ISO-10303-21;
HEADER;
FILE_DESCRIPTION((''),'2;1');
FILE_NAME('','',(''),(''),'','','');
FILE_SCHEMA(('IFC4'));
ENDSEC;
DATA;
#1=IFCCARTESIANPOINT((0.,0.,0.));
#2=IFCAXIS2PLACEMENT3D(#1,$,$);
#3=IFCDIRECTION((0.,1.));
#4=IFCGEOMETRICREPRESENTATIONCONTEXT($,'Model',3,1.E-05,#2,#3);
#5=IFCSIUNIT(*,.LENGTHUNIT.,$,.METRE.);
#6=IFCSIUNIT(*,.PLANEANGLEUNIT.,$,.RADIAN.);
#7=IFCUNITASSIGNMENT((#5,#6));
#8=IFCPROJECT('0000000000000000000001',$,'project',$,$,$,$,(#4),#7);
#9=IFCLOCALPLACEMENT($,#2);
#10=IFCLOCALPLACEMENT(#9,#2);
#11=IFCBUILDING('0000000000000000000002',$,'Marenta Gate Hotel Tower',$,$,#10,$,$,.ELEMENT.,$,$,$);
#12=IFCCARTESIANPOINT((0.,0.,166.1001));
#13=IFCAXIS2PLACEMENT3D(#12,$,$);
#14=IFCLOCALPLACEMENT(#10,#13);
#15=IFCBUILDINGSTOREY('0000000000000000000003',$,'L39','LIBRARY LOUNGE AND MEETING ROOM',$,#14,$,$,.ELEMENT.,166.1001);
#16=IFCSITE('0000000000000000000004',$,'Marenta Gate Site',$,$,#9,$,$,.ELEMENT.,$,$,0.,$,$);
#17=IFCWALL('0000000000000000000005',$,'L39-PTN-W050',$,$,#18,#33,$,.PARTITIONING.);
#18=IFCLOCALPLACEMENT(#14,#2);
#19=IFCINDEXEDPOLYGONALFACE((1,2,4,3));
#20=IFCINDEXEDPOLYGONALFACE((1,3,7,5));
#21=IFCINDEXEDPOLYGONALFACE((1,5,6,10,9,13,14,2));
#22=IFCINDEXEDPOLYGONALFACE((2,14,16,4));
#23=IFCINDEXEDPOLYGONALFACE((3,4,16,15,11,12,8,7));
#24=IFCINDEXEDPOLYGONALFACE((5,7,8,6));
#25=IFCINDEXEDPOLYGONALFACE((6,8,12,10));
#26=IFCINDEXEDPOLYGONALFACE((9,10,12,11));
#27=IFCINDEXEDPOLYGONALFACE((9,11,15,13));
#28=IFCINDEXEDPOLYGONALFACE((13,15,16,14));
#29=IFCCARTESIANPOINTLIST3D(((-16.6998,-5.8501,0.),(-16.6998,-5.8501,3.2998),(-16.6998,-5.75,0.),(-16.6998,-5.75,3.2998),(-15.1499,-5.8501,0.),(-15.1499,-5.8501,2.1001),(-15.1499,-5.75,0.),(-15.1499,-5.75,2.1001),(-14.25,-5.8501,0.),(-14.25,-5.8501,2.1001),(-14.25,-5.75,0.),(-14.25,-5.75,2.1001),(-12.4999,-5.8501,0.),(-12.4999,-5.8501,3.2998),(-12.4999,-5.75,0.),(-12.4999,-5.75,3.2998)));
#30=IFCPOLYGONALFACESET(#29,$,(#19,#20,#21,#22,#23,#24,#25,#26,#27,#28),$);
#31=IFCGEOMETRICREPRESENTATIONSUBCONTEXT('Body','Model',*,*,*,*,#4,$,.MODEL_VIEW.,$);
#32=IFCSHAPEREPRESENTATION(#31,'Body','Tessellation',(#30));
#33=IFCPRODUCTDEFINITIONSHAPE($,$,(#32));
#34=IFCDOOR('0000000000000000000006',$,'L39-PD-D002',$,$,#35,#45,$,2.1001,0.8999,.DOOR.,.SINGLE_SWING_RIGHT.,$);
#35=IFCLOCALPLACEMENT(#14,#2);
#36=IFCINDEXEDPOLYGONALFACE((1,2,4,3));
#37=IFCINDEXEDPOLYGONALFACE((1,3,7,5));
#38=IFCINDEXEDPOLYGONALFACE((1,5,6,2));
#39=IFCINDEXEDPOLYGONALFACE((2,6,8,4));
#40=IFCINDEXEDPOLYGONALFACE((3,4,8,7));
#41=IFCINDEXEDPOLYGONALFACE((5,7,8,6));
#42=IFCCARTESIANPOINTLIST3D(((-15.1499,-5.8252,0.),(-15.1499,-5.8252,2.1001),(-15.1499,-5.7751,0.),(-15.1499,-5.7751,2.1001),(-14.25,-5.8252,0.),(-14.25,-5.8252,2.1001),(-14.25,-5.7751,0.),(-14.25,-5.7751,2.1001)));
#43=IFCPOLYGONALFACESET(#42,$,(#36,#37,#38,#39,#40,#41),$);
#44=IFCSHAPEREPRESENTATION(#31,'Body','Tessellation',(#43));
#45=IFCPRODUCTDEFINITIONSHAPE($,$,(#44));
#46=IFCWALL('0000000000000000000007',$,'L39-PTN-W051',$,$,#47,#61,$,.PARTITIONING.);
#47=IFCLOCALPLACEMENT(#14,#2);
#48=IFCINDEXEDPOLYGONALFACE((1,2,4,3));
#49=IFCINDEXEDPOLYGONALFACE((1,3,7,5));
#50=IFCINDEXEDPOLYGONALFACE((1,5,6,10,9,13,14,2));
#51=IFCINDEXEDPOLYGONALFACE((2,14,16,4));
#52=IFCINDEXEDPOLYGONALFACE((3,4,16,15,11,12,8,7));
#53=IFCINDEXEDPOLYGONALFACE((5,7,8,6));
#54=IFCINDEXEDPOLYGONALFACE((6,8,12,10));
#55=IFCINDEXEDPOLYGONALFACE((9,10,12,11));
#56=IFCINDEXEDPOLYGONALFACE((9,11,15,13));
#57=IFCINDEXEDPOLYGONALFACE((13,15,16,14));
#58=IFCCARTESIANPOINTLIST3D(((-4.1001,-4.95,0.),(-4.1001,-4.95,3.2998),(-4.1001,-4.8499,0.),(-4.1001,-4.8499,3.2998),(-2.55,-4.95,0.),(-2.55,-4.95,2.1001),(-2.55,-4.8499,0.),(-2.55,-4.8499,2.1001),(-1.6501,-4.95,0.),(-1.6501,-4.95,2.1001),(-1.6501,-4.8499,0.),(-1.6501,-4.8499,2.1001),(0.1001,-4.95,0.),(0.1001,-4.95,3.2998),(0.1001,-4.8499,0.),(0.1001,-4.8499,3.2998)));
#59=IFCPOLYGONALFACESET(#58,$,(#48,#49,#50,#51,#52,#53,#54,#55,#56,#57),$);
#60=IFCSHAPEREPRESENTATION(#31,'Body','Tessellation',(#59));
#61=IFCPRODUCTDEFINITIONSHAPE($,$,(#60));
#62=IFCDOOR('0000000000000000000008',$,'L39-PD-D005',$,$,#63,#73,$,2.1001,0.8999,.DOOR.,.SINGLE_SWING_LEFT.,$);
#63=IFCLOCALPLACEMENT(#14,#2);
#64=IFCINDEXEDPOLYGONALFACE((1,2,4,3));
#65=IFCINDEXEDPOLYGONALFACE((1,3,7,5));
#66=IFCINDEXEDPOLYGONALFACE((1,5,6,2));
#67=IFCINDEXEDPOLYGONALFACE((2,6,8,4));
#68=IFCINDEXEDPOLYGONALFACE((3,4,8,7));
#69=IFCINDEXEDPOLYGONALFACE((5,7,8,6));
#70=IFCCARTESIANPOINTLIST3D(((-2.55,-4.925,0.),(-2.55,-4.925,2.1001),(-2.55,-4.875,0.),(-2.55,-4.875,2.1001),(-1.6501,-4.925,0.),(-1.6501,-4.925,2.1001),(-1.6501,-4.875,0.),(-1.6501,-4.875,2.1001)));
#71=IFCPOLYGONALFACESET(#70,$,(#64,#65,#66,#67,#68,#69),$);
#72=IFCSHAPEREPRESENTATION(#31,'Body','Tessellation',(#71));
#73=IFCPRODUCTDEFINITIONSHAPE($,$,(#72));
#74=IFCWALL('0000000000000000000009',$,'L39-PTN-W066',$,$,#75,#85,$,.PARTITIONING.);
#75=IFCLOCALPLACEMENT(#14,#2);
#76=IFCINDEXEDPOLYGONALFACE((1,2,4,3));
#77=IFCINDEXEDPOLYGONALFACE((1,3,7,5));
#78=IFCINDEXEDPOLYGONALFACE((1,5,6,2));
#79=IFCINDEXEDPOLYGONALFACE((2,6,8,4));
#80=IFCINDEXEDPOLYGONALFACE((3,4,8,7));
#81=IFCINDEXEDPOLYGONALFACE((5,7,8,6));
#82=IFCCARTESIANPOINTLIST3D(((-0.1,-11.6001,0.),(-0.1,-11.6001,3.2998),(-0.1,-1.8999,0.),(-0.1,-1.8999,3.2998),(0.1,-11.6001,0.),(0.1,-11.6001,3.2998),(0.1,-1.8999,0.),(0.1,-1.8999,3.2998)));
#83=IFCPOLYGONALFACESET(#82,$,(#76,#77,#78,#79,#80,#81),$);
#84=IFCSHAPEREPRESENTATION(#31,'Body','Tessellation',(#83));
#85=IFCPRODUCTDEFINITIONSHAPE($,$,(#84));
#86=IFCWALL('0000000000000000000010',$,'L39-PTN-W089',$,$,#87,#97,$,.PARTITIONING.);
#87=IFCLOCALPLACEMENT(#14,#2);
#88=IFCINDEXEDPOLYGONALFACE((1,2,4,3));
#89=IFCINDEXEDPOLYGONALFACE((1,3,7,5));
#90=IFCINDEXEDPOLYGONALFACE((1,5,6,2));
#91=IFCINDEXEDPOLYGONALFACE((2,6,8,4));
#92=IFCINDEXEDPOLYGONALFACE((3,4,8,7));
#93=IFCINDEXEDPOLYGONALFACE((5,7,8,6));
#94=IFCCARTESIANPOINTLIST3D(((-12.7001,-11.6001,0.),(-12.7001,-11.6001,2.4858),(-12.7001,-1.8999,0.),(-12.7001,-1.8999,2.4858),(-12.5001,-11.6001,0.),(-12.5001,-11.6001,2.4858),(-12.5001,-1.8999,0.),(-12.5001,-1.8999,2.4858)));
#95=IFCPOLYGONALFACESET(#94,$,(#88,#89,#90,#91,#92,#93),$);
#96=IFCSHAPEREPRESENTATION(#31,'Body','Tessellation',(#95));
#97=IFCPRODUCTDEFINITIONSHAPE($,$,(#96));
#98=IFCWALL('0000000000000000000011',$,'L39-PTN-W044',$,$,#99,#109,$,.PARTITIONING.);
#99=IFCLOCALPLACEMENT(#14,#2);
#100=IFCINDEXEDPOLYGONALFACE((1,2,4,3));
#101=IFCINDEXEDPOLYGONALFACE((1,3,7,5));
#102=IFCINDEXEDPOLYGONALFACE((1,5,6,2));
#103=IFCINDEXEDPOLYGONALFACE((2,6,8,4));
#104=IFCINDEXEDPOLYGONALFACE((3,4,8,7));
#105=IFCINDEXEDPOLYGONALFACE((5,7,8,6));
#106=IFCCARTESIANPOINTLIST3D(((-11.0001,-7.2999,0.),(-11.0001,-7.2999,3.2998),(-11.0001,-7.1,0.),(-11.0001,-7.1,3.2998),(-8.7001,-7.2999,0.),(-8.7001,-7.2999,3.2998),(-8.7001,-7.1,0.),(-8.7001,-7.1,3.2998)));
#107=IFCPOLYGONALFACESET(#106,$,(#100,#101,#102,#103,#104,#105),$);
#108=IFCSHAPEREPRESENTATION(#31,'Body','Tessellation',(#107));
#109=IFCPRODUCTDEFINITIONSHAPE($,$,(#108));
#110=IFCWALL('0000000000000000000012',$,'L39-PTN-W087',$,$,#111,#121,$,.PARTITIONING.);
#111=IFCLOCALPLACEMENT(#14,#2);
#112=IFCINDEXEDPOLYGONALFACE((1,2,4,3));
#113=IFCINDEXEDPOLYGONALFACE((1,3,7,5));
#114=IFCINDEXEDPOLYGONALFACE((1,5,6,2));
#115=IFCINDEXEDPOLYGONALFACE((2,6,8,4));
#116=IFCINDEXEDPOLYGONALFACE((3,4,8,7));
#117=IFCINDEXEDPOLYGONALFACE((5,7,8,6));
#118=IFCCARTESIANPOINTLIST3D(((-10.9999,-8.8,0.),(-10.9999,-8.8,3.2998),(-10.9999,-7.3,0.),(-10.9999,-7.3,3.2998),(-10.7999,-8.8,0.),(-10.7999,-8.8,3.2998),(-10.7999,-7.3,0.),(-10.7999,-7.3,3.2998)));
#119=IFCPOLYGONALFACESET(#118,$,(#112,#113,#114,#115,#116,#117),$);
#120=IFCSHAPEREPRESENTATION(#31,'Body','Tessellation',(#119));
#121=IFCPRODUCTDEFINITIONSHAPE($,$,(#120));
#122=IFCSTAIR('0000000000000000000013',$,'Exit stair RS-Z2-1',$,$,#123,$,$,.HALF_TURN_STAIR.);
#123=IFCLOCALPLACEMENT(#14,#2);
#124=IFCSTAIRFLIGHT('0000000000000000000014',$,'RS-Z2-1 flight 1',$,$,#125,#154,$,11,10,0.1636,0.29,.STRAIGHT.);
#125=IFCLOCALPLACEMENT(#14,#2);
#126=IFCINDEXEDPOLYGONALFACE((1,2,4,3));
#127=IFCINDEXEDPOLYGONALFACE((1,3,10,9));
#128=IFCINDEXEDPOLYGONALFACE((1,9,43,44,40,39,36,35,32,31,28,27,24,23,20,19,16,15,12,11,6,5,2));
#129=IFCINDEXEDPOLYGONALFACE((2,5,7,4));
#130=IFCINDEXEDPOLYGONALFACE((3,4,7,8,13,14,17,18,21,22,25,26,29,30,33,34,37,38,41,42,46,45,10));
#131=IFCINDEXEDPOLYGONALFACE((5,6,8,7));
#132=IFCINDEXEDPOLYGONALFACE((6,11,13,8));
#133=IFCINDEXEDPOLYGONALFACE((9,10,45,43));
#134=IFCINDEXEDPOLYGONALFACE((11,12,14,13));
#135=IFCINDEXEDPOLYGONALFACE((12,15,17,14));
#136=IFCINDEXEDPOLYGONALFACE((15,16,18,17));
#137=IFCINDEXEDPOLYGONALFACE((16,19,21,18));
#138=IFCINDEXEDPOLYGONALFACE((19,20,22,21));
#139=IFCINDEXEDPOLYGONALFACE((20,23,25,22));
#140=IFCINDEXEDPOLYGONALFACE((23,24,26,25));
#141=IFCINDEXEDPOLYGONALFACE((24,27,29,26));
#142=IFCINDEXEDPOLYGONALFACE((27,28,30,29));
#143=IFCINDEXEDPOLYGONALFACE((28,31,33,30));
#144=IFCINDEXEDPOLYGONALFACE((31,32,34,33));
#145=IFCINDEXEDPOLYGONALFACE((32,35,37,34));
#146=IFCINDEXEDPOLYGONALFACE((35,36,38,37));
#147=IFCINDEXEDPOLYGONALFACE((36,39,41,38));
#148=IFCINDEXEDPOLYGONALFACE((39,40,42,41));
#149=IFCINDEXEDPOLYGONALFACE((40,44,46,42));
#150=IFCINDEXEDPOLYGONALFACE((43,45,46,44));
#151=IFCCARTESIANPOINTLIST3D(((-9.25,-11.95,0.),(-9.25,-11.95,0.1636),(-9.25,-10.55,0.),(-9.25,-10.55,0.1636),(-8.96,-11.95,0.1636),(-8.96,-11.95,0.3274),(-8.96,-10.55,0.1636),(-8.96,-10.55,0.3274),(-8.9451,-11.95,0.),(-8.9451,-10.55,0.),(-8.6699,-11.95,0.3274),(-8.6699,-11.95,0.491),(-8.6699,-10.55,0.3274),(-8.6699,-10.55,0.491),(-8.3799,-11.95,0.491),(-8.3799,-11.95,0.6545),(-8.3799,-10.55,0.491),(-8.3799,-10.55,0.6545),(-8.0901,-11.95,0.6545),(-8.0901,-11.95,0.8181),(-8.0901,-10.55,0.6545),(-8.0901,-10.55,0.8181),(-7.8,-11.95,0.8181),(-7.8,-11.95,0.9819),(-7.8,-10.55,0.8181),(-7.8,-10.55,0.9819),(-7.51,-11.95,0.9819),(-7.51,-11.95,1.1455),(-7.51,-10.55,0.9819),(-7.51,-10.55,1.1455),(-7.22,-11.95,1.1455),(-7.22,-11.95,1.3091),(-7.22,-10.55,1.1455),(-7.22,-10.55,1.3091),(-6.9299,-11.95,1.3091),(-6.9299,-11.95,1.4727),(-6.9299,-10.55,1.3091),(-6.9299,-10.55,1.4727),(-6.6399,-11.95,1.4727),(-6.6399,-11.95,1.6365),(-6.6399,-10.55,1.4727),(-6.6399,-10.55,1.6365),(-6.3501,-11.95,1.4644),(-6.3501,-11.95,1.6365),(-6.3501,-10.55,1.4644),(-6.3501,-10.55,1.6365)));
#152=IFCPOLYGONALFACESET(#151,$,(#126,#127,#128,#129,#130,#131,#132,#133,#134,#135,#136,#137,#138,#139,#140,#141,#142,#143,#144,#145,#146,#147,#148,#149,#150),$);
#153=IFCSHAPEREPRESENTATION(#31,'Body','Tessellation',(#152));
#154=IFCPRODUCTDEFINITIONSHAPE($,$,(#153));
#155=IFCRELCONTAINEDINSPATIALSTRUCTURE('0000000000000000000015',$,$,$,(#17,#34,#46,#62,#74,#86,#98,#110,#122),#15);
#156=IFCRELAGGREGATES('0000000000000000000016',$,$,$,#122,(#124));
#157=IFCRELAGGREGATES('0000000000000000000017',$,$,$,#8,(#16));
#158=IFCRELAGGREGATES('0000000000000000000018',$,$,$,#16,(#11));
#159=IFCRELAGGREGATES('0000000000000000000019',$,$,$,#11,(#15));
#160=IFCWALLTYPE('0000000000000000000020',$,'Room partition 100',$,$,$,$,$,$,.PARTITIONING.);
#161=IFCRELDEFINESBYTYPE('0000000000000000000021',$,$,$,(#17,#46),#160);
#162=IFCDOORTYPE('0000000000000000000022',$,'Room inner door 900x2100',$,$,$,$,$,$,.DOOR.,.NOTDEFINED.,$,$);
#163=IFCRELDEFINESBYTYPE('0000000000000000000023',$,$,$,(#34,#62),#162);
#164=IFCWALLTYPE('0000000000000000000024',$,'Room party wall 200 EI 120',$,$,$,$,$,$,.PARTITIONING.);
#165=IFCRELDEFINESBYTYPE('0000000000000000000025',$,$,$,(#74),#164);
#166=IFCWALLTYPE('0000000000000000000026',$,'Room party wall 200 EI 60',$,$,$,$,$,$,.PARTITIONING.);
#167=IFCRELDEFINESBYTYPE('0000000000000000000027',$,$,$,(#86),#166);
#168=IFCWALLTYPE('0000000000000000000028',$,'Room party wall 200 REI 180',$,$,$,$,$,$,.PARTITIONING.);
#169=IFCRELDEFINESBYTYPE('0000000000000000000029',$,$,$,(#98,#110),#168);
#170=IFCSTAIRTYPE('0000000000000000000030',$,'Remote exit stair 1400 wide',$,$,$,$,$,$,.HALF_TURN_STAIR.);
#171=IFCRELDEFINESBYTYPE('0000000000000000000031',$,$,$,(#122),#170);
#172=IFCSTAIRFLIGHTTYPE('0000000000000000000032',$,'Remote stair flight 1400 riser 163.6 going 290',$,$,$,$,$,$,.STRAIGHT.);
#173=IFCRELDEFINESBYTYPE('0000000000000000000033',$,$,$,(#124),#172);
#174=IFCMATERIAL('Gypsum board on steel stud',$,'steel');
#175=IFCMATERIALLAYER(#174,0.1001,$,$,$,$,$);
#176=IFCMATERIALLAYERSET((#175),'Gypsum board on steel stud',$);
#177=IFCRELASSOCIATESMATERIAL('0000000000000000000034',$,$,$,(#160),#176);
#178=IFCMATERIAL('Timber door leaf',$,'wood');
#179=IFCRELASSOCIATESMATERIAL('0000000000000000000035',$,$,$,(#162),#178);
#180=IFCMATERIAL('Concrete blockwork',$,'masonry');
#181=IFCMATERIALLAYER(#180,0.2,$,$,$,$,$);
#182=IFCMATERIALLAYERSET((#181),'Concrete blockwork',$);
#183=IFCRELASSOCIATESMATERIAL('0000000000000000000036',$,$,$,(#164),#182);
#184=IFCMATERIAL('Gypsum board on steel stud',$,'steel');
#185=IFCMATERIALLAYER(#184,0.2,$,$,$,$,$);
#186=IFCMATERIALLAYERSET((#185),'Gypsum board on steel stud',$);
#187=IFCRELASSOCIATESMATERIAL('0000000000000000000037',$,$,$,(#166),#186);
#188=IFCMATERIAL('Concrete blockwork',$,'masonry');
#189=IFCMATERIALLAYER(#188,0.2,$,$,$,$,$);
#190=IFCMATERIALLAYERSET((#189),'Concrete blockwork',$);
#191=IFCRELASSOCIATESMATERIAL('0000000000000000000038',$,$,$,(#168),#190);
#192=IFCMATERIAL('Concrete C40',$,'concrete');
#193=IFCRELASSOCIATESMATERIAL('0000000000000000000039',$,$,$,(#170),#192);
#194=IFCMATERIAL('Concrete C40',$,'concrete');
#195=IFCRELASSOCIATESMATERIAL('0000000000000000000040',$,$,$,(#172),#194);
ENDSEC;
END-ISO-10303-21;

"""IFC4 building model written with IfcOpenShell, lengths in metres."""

from ifc_helpers import new_model, si_unit, direction, frame, frame_2d, origin, place, context, subcontext, project, spatial, polyline, rectangle, outline, extrude, material, layer, layer_set, type_object, element, fill, aggregate, save


model = new_model("IFC4")

# Units and contexts
model_context = context("Model", 3, precision=1e-05, world=origin(), true_north=direction((0.0, 1.0)))
body_context = subcontext(model_context, "Body", "Model", "MODEL_VIEW")
ifc_project = project(units=[si_unit("LENGTHUNIT", "METRE"), si_unit("PLANEANGLEUNIT", "RADIAN")], contexts=[model_context])

# Site, building, storey
site_placement = place(None, origin())
site = spatial("IfcSite", under=ifc_project, at=site_placement, Name="Marenta Gate Site", CompositionType="ELEMENT", RefElevation=0.0)
building_placement = place(site_placement, origin())
building = spatial("IfcBuilding", under=site, at=building_placement, Name="Marenta Gate Hotel Tower", CompositionType="ELEMENT")
storey_placement = place(building_placement, frame((0.0, 0.0, 166.1001)))
storey = spatial("IfcBuildingStorey", under=building, at=storey_placement, Name="L39", Description="LIBRARY LOUNGE AND MEETING ROOM", CompositionType="ELEMENT", Elevation=166.1001)

# Walls, openings, doors
ifc_material_1 = material(Name="Gypsum board on steel stud", Category="steel")
ifc_layer_1 = layer(ifc_material_1, 0.1001)
ifc_layer_set_1 = layer_set([ifc_layer_1], Name="Gypsum board on steel stud")
wall_type_1 = type_object("IfcWallType", Name="Room partition 100", PredefinedType="PARTITIONING", material=ifc_layer_set_1)
wall_1_placement = place(storey_placement, frame((-16.7, -5.8, 0.0), z_axis=(0.0, 0.0, 1.0), x_axis=(1.0, 0.0, 0.0)))
wall_1 = element("IfcWall", 1, at=wall_1_placement, inside=storey, type_object=wall_type_1, Name="L39-PTN-W050", PredefinedType="PARTITIONING", context=body_context, shape_type="SweptSolid", body=[
    extrude(rectangle(XDim=4.2, YDim=0.1001, at=frame_2d((2.1001, 0.0))), origin(), (0.0, 0.0, 1.0), 3.2998),
])
opening_1_placement = place(wall_1_placement, frame((1.55, 0.0, 0.0)))
opening_1 = element("IfcOpeningElement", 2, at=opening_1_placement, cuts=wall_1, PredefinedType="OPENING", context=body_context, shape_type="SweptSolid", body=[
    extrude(rectangle(XDim=0.8999, YDim=2.1001, at=frame_2d((0.45, 1.05))), frame((0.0, 0.05, 0.0), z_axis=(0.0, -1.0, 0.0), x_axis=(1.0, 0.0, 0.0)), (0.0, 0.0, 1.0), 0.1001),
])
ifc_material_2 = material(Name="Timber door leaf", Category="wood")
door_type_1 = type_object("IfcDoorType", Name="Room inner door 900x2100", OperationType="NOTDEFINED", PredefinedType="DOOR", material=ifc_material_2)
door_1_placement = place(opening_1_placement, origin())
door_1 = element("IfcDoor", 3, at=door_1_placement, inside=storey, type_object=door_type_1, Name="L39-PD-D002", OperationType="SINGLE_SWING_RIGHT", OverallHeight=2.1001, OverallWidth=0.8999, PredefinedType="DOOR", context=body_context, shape_type="SweptSolid", body=[
    extrude(rectangle(XDim=0.8999, YDim=2.1001, at=frame_2d((0.45, 1.05))), frame((0.0, 0.0249, 0.0), z_axis=(0.0, -1.0, 0.0), x_axis=(1.0, 0.0, 0.0)), (0.0, 0.0, 1.0), 0.05),
])
fill(opening_1, door_1)
wall_2_placement = place(storey_placement, frame((-4.1001, -4.8999, 0.0), z_axis=(0.0, 0.0, 1.0), x_axis=(1.0, 0.0, 0.0)))
wall_2 = element("IfcWall", 4, at=wall_2_placement, inside=storey, type_object=wall_type_1, Name="L39-PTN-W051", PredefinedType="PARTITIONING", context=body_context, shape_type="SweptSolid", body=[
    extrude(rectangle(XDim=4.2002, YDim=0.1001, at=frame_2d((2.1001, 0.0))), origin(), (0.0, 0.0, 1.0), 3.2998),
])
opening_2_placement = place(wall_2_placement, frame((1.55, 0.0, 0.0)))
opening_2 = element("IfcOpeningElement", 5, at=opening_2_placement, cuts=wall_2, PredefinedType="OPENING", context=body_context, shape_type="SweptSolid", body=[
    extrude(rectangle(XDim=0.8999, YDim=2.1001, at=frame_2d((0.45, 1.05))), frame((0.0, 0.05, 0.0), z_axis=(0.0, -1.0, 0.0), x_axis=(1.0, 0.0, 0.0)), (0.0, 0.0, 1.0), 0.1001),
])
door_2_placement = place(opening_2_placement, origin())
door_2 = element("IfcDoor", 6, at=door_2_placement, inside=storey, type_object=door_type_1, Name="L39-PD-D005", OperationType="SINGLE_SWING_LEFT", OverallHeight=2.1001, OverallWidth=0.8999, PredefinedType="DOOR", context=body_context, shape_type="SweptSolid", body=[
    extrude(rectangle(XDim=0.8999, YDim=2.1001, at=frame_2d((0.45, 1.05))), frame((0.0, 0.0249, 0.0), z_axis=(0.0, -1.0, 0.0), x_axis=(1.0, 0.0, 0.0)), (0.0, 0.0, 1.0), 0.05),
])
fill(opening_2, door_2)

# Walls
ifc_material_3 = material(Name="Concrete blockwork", Category="masonry")
ifc_layer_2 = layer(ifc_material_3, 0.2)
ifc_layer_set_2 = layer_set([ifc_layer_2], Name="Concrete blockwork")
wall_type_2 = type_object("IfcWallType", Name="Room party wall 200 EI 120", PredefinedType="PARTITIONING", material=ifc_layer_set_2)
wall_3_placement = place(storey_placement, frame((0.0, -11.6001, 0.0), z_axis=(0.0, 0.0, 1.0), x_axis=(0.0, 1.0, 0.0)))
element("IfcWall", 7, at=wall_3_placement, inside=storey, type_object=wall_type_2, Name="L39-PTN-W066", PredefinedType="PARTITIONING", context=body_context, shape_type="SweptSolid", body=[
    extrude(rectangle(XDim=9.7002, YDim=0.2, at=frame_2d((4.8501, 0.0))), origin(), (0.0, 0.0, 1.0), 3.2998),
])
ifc_material_4 = material(Name="Gypsum board on steel stud", Category="steel")
ifc_layer_3 = layer(ifc_material_4, 0.2)
ifc_layer_set_3 = layer_set([ifc_layer_3], Name="Gypsum board on steel stud")
wall_type_3 = type_object("IfcWallType", Name="Room party wall 200 EI 60", PredefinedType="PARTITIONING", material=ifc_layer_set_3)
wall_4_placement = place(storey_placement, frame((-12.6001, -11.6001, 0.0), z_axis=(0.0, 0.0, 1.0), x_axis=(0.0, 1.0, 0.0)))
element("IfcWall", 8, at=wall_4_placement, inside=storey, type_object=wall_type_3, Name="L39-PTN-W089", PredefinedType="PARTITIONING", context=body_context, shape_type="SweptSolid", body=[
    extrude(rectangle(XDim=9.7002, YDim=0.2, at=frame_2d((4.8501, 0.0))), origin(), (0.0, 0.0, 1.0), 2.4858),
])
ifc_material_5 = material(Name="Concrete blockwork", Category="masonry")
ifc_layer_4 = layer(ifc_material_5, 0.2)
ifc_layer_set_4 = layer_set([ifc_layer_4], Name="Concrete blockwork")
wall_type_4 = type_object("IfcWallType", Name="Room party wall 200 REI 180", PredefinedType="PARTITIONING", material=ifc_layer_set_4)
wall_5_placement = place(storey_placement, frame((-11.0, -7.2, 0.0), z_axis=(0.0, 0.0, 1.0), x_axis=(1.0, 0.0, 0.0)))
element("IfcWall", 9, at=wall_5_placement, inside=storey, type_object=wall_type_4, Name="L39-PTN-W044", PredefinedType="PARTITIONING", context=body_context, shape_type="SweptSolid", body=[
    extrude(rectangle(XDim=2.3, YDim=0.2, at=frame_2d((1.1499, 0.0))), origin(), (0.0, 0.0, 1.0), 3.2998),
])
wall_6_placement = place(storey_placement, frame((-10.8999, -8.8, 0.0), z_axis=(0.0, 0.0, 1.0), x_axis=(0.0, 1.0, 0.0)))
element("IfcWall", 10, at=wall_6_placement, inside=storey, type_object=wall_type_4, Name="L39-PTN-W087", PredefinedType="PARTITIONING", context=body_context, shape_type="SweptSolid", body=[
    extrude(rectangle(XDim=1.5, YDim=0.2, at=frame_2d((0.75, 0.0))), origin(), (0.0, 0.0, 1.0), 3.2998),
])

# Stair, stair flight
ifc_material_6 = material(Name="Concrete C40", Category="concrete")
stair_type = type_object("IfcStairType", Name="Remote exit stair 1400 wide", PredefinedType="HALF_TURN_STAIR", material=ifc_material_6)
stair_placement = place(storey_placement, origin())
stair = element("IfcStair", 11, at=stair_placement, inside=storey, type_object=stair_type, Name="Exit stair RS-Z2-1", PredefinedType="HALF_TURN_STAIR")
ifc_material_7 = material(Name="Concrete C40", Category="concrete")
stair_flight_type = type_object("IfcStairFlightType", Name="Remote stair flight 1400 riser 163.6 going 290", PredefinedType="STRAIGHT", material=ifc_material_7)
stair_flight_1_placement = place(storey_placement, frame((-9.25, -11.25, 0.0), z_axis=(0.0, 0.0, 1.0), x_axis=(1.0, 0.0, 0.0)))
stair_flight_1 = element("IfcStairFlight", 12, at=stair_flight_1_placement, type_object=stair_flight_type, Name="RS-Z2-1 flight 1", NumberOfRisers=11, NumberOfTreads=10, PredefinedType="STRAIGHT", RiserHeight=0.1636, TreadLength=0.29, context=body_context, shape_type="SweptSolid", body=[
    extrude(outline(polyline([(0.0, 0.0), (0.0, 0.1636), (0.29, 0.1636), (0.29, 0.3274), (0.5801, 0.3274), (0.5801, 0.491), (0.8701, 0.491), (0.8701, 0.6545), (1.1599, 0.6545), (1.1599, 0.8181), (1.45, 0.8181), (1.45, 0.9819), (1.74, 0.9819), (1.74, 1.1455), (2.03, 1.1455), (2.03, 1.3091), (2.3201, 1.3091), (2.3201, 1.4727), (2.6101, 1.4727), (2.6101, 1.6365), (2.8999, 1.6365), (2.8999, 1.8), (2.8999, 1.4644), (0.3049, 0.0), (0.0, 0.0)])), frame((0.0, 0.7, 0.0), z_axis=(0.0, -1.0, 0.0), x_axis=(1.0, 0.0, 0.0)), (0.0, 0.0, 1.0), 1.3999),
])
aggregate(stair, [stair_flight_1])

save(model, "model.ifc")
